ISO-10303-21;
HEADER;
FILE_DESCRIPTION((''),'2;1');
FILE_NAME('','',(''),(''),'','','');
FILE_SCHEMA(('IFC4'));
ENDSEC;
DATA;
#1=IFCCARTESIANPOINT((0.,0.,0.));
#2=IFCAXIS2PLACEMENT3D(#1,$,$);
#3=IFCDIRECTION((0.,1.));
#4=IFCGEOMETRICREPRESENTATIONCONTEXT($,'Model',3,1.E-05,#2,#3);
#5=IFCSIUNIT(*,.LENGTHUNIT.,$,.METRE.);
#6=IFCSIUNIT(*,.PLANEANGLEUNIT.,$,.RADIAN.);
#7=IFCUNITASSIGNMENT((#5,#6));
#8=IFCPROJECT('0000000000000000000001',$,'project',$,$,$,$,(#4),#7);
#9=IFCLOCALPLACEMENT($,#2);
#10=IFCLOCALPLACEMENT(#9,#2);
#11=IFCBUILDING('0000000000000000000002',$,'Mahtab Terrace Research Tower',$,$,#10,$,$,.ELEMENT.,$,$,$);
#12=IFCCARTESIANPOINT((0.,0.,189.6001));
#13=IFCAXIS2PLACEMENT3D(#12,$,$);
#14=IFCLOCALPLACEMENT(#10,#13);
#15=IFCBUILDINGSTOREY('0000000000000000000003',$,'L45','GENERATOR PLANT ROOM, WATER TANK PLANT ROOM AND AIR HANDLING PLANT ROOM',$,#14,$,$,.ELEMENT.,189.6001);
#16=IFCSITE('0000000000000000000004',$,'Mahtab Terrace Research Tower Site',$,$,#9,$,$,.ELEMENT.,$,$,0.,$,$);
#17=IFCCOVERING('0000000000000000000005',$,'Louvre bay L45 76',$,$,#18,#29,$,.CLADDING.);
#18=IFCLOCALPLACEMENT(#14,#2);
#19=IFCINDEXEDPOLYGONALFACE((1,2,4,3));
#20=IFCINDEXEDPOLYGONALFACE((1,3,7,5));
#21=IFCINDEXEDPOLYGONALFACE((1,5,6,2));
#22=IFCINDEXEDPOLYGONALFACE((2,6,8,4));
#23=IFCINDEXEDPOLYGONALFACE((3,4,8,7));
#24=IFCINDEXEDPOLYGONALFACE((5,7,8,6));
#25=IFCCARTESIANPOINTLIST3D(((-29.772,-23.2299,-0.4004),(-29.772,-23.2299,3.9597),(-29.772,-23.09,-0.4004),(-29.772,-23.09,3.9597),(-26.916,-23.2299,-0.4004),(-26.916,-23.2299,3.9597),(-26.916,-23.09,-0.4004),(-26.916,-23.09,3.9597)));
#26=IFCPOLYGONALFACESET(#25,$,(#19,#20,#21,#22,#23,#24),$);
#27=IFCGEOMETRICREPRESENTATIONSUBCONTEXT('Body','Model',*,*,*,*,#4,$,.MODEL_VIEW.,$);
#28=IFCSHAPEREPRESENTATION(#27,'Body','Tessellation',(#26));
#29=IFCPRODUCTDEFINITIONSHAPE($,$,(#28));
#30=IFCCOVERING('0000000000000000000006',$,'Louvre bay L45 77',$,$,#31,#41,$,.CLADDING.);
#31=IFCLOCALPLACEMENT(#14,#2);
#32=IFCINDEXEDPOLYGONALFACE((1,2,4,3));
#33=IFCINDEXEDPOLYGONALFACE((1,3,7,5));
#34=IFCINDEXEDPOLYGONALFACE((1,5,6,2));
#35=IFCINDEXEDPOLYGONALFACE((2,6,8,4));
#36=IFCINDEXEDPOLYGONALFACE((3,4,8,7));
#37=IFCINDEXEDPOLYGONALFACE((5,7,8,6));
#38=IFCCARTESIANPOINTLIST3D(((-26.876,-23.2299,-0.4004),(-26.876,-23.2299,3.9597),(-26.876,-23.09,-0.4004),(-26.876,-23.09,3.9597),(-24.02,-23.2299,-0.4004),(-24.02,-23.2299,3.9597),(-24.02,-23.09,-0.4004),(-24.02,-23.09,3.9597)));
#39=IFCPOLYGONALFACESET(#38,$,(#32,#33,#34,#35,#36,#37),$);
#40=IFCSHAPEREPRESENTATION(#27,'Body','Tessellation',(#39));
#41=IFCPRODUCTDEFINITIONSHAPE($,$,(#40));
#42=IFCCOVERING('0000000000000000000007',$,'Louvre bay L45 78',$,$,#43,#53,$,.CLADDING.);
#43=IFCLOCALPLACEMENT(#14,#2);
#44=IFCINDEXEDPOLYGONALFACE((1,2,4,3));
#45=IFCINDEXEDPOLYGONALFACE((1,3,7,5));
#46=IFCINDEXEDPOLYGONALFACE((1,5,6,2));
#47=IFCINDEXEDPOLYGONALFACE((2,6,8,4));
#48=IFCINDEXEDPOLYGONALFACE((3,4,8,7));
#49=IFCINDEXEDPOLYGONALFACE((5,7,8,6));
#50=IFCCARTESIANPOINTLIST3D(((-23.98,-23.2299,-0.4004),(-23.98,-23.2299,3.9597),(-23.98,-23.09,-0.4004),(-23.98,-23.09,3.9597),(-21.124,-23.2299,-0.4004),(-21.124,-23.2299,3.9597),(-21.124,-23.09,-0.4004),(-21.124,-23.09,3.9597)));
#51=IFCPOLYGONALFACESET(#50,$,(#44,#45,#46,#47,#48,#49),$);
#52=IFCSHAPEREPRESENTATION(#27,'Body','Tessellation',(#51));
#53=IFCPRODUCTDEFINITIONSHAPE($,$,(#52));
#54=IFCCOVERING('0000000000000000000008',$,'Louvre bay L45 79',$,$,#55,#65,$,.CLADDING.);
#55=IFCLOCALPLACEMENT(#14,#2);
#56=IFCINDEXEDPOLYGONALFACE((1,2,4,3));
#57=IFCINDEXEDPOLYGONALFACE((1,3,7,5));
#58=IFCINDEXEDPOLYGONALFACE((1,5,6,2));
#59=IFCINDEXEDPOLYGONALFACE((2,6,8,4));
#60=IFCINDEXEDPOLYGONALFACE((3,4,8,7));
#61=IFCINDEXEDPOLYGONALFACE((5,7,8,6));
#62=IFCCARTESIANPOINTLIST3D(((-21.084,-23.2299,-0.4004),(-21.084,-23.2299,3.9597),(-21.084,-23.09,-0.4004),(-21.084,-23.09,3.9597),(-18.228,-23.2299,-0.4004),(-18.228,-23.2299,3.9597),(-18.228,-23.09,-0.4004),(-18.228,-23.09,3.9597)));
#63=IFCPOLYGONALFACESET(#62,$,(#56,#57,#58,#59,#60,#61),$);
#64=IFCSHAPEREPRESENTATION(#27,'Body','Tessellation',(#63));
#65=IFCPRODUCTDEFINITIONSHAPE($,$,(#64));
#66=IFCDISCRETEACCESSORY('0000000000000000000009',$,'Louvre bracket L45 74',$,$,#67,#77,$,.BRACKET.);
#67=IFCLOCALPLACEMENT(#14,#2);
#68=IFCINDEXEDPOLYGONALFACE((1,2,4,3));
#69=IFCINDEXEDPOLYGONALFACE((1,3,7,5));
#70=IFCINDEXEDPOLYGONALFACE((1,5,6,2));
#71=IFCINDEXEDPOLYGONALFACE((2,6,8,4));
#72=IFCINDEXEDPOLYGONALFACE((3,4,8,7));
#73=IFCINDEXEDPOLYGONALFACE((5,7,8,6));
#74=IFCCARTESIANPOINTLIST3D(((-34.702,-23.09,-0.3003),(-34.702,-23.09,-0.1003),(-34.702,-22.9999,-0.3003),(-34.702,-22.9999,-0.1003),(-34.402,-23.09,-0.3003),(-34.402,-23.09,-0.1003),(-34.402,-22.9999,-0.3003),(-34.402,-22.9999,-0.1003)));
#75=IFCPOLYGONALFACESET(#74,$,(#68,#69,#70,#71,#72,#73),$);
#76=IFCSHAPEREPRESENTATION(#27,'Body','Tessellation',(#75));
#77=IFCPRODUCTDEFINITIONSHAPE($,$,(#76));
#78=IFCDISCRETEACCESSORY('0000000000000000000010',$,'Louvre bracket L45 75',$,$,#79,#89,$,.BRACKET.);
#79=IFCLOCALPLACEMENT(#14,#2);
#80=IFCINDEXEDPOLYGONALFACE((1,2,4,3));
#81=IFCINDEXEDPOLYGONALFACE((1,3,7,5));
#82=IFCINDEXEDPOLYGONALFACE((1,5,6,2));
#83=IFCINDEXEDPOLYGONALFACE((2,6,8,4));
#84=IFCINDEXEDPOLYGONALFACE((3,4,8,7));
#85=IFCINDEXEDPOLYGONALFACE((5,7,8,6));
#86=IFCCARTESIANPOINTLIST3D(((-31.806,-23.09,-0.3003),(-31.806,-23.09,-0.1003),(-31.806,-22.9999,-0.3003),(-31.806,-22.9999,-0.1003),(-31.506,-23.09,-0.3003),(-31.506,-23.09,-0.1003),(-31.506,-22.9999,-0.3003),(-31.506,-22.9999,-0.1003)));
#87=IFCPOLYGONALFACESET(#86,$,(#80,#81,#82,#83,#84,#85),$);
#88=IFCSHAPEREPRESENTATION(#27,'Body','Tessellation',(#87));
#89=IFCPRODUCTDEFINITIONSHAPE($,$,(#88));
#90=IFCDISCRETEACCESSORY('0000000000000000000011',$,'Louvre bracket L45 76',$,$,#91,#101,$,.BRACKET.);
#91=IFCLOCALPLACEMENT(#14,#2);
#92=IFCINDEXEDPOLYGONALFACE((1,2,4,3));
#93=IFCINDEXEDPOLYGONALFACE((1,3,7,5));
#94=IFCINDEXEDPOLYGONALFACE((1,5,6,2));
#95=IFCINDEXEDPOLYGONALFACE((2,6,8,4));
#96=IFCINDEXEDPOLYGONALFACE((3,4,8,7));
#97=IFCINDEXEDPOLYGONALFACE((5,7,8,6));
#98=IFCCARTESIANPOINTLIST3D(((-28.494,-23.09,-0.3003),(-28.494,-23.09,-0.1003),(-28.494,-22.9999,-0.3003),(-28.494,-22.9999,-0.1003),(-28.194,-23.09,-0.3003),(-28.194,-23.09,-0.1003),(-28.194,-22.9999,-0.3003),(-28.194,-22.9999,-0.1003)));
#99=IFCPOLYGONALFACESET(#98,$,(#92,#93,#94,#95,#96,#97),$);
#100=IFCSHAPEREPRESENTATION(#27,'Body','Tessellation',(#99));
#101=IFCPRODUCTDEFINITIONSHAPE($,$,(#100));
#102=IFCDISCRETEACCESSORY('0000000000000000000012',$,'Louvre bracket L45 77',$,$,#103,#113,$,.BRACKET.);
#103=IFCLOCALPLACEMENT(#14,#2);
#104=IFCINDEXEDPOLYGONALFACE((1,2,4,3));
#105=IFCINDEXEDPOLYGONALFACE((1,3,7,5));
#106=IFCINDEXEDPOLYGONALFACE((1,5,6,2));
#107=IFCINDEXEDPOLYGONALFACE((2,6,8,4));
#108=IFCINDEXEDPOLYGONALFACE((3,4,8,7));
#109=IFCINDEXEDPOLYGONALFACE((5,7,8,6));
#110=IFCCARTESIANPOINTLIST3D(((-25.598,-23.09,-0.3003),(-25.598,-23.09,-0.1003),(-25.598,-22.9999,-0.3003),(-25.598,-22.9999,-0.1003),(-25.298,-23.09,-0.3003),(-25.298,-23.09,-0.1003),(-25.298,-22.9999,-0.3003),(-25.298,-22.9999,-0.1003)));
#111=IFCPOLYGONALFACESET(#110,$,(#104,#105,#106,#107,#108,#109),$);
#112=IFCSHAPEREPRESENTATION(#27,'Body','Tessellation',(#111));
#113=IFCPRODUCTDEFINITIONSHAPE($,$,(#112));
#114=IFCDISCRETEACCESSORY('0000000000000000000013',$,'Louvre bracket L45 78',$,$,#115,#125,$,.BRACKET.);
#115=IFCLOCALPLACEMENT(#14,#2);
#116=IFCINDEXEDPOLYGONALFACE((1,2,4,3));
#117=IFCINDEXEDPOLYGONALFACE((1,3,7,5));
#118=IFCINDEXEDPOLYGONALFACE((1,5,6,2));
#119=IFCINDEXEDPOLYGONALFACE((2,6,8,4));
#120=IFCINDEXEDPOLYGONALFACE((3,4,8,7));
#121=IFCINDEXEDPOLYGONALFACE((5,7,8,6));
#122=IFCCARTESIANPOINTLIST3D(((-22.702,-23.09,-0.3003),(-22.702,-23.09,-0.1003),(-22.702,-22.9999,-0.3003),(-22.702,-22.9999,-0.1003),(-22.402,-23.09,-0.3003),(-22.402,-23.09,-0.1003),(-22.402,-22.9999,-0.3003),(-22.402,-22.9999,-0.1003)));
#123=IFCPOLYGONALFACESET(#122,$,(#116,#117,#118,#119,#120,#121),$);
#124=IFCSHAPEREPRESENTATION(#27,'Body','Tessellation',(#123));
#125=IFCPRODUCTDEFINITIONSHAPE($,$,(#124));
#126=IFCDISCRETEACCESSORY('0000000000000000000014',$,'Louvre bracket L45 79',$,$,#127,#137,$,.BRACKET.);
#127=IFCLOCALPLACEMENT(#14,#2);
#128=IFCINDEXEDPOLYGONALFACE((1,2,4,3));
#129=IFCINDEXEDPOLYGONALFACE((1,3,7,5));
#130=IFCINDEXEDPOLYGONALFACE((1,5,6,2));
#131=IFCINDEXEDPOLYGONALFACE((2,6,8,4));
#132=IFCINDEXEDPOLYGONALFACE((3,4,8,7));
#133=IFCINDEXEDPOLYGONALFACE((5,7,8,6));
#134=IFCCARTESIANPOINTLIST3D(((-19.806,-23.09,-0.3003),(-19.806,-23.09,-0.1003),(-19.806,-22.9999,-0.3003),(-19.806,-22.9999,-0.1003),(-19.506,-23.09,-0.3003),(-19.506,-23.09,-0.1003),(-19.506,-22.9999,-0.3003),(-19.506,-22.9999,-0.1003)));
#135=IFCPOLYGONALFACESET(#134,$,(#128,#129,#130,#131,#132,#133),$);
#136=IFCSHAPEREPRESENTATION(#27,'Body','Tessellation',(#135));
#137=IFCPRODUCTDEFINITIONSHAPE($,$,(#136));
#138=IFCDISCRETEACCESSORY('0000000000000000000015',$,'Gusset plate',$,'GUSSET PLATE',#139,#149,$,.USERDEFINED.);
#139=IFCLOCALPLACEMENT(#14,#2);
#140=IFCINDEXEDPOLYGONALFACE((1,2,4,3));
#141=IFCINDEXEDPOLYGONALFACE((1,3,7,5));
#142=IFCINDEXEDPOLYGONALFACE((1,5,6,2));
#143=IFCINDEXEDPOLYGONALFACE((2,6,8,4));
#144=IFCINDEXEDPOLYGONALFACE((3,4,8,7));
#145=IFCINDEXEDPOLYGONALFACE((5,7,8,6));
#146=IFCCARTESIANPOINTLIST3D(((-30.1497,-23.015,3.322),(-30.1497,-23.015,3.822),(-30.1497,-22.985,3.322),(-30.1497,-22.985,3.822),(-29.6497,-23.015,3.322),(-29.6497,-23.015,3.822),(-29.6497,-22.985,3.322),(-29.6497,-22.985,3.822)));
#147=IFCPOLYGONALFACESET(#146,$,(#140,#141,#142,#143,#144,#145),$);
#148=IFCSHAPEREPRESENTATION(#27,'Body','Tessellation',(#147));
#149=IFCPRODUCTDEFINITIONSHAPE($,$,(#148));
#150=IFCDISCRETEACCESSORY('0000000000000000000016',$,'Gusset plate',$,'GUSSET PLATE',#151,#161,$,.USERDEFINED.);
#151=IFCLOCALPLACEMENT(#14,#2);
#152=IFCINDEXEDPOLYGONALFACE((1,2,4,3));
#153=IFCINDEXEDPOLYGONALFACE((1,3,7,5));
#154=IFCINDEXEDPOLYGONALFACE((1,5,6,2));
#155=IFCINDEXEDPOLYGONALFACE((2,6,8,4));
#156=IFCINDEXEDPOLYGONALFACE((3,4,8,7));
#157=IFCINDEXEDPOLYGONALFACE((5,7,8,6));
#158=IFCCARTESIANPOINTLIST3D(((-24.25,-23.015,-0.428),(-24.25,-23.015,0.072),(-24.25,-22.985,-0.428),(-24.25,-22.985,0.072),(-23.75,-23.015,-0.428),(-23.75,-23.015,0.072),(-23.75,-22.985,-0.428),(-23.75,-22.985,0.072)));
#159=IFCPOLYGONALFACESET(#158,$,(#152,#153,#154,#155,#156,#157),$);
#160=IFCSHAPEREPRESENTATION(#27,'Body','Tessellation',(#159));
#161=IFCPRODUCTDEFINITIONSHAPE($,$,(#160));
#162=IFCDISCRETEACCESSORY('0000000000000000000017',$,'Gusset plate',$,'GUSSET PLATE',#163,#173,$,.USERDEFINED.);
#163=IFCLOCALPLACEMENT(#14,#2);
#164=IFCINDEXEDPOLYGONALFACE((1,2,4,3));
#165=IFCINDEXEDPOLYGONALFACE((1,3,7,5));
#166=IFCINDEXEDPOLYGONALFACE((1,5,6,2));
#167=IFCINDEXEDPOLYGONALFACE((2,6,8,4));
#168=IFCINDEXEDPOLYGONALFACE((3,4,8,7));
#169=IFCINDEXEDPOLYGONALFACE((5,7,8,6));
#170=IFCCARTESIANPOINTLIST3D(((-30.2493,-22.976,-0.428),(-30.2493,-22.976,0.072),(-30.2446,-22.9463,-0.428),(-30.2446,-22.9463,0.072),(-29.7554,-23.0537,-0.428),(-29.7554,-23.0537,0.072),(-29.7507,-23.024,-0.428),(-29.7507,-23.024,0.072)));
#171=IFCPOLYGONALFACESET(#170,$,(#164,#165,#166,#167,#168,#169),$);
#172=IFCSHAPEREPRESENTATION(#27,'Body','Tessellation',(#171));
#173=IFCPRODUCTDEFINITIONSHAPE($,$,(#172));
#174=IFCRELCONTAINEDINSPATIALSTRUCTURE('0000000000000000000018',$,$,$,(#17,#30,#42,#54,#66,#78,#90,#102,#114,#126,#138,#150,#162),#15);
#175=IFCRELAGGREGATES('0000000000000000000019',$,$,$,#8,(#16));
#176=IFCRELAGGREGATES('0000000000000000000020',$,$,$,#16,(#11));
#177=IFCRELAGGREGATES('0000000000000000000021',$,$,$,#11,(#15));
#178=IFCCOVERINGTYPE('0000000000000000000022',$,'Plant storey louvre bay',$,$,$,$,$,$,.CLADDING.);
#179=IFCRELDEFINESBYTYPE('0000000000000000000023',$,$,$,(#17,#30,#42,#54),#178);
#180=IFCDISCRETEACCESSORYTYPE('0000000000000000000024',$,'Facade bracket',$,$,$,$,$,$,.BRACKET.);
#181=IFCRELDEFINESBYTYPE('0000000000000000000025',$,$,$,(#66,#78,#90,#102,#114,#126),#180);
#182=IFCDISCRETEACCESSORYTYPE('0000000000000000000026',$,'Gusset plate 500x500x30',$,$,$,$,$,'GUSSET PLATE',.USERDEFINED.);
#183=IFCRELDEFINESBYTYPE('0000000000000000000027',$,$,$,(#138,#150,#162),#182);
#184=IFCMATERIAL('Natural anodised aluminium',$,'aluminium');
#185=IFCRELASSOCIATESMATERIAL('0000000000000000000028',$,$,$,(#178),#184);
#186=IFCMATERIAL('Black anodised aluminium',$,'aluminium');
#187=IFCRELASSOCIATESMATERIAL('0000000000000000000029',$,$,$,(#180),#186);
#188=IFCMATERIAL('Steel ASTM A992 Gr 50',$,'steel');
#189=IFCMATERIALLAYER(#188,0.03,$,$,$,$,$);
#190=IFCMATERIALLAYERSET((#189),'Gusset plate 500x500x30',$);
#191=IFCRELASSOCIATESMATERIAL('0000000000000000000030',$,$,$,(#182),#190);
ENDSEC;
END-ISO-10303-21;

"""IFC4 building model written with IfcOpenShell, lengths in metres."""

from ifc_helpers import new_model, si_unit, direction, frame, origin, origin_2d, place, context, subcontext, project, spatial, rectangle, extrude, material, layer, layer_set, type_object, element, save


model = new_model("IFC4")

# Units and contexts
model_context = context("Model", 3, precision=1e-05, world=origin(), true_north=direction((0.0, 1.0)))
body_context = subcontext(model_context, "Body", "Model", "MODEL_VIEW")
ifc_project = project(units=[si_unit("LENGTHUNIT", "METRE"), si_unit("PLANEANGLEUNIT", "RADIAN")], contexts=[model_context])

# Site, building, storey
site_placement = place(None, origin())
site = spatial("IfcSite", under=ifc_project, at=site_placement, Name="Mahtab Terrace Research Tower Site", CompositionType="ELEMENT", RefElevation=0.0)
building_placement = place(site_placement, origin())
building = spatial("IfcBuilding", under=site, at=building_placement, Name="Mahtab Terrace Research Tower", CompositionType="ELEMENT")
storey_placement = place(building_placement, frame((0.0, 0.0, 189.6001)))
storey = spatial("IfcBuildingStorey", under=building, at=storey_placement, Name="L45", Description="GENERATOR PLANT ROOM, WATER TANK PLANT ROOM AND AIR HANDLING PLANT ROOM", CompositionType="ELEMENT", Elevation=189.6001)

# Shared definitions
ifc_material_1 = material(Name="Steel ASTM A992 Gr 50", Category="steel")

# Coverings
ifc_material_2 = material(Name="Natural anodised aluminium", Category="aluminium")
covering_type = type_object("IfcCoveringType", Name="Plant storey louvre bay", PredefinedType="CLADDING", material=ifc_material_2)
for number, where, z_axis, x_axis, name in (
    (1, (-28.344, -23.1599, -0.4004), (0.0, 0.0, 1.0), (1.0, 0.0, 0.0), "Louvre bay L45 76"),
    (2, (-25.448, -23.1599, -0.4004), (0.0, 0.0, 1.0), (1.0, 0.0, 0.0), "Louvre bay L45 77"),
    (3, (-22.552, -23.1599, -0.4004), (0.0, 0.0, 1.0), (1.0, 0.0, 0.0), "Louvre bay L45 78"),
    (4, (-19.656, -23.1599, -0.4004), (0.0, 0.0, 1.0), (1.0, 0.0, 0.0), "Louvre bay L45 79"),
):
    element("IfcCovering", number, at=place(storey_placement, frame(where, z_axis=z_axis, x_axis=x_axis)), inside=storey, type_object=covering_type, Name=name, PredefinedType="CLADDING", context=body_context, shape_type="SweptSolid", body=[
        extrude(rectangle(XDim=2.856, YDim=0.1399, at=origin_2d()), origin(), (0.0, 0.0, 1.0), 4.3601),
    ])

# Discrete accessories
ifc_material_3 = material(Name="Black anodised aluminium", Category="aluminium")
discrete_accessory_type_1 = type_object("IfcDiscreteAccessoryType", Name="Facade bracket", PredefinedType="BRACKET", material=ifc_material_3)
for number, where, z_axis, x_axis, name in (
    (5, (-34.552, -23.0449, -0.3003), (0.0, 0.0, 1.0), (1.0, 0.0, 0.0), "Louvre bracket L45 74"),
    (6, (-31.656, -23.0449, -0.3003), (0.0, 0.0, 1.0), (1.0, 0.0, 0.0), "Louvre bracket L45 75"),
    (7, (-28.344, -23.0449, -0.3003), (0.0, 0.0, 1.0), (1.0, 0.0, 0.0), "Louvre bracket L45 76"),
    (8, (-25.448, -23.0449, -0.3003), (0.0, 0.0, 1.0), (1.0, 0.0, 0.0), "Louvre bracket L45 77"),
    (9, (-22.552, -23.0449, -0.3003), (0.0, 0.0, 1.0), (1.0, 0.0, 0.0), "Louvre bracket L45 78"),
    (10, (-19.656, -23.0449, -0.3003), (0.0, 0.0, 1.0), (1.0, 0.0, 0.0), "Louvre bracket L45 79"),
):
    element("IfcDiscreteAccessory", number, at=place(storey_placement, frame(where, z_axis=z_axis, x_axis=x_axis)), inside=storey, type_object=discrete_accessory_type_1, Name=name, PredefinedType="BRACKET", context=body_context, shape_type="SweptSolid", body=[
        extrude(rectangle(XDim=0.3, YDim=0.0901, at=origin_2d()), origin(), (0.0, 0.0, 1.0), 0.2),
    ])
ifc_layer_1 = layer(ifc_material_1, 0.03)
ifc_layer_set_1 = layer_set([ifc_layer_1], Name="Gusset plate 500x500x30")
discrete_accessory_type_2 = type_object("IfcDiscreteAccessoryType", Name="Gusset plate 500x500x30", ElementType="GUSSET PLATE", PredefinedType="USERDEFINED", material=ifc_layer_set_1)
for number, where, z_axis, x_axis, name in (
    (11, (-29.8997, -23.0, 3.322), (0.0, 0.0, 1.0), (1.0, 0.0, 0.0), "Gusset plate"),
    (12, (-24.0, -23.0, -0.428), (0.0, 0.0, 1.0), (1.0, 0.0, 0.0), "Gusset plate"),
    (13, (-30.0, -23.0, -0.428), (0.0, 0.0, 1.0), (-0.987835, 0.155504, 0.0), "Gusset plate"),
):
    element("IfcDiscreteAccessory", number, at=place(storey_placement, frame(where, z_axis=z_axis, x_axis=x_axis)), inside=storey, type_object=discrete_accessory_type_2, Name=name, ObjectType="GUSSET PLATE", PredefinedType="USERDEFINED", context=body_context, shape_type="SweptSolid", body=[
        extrude(rectangle(XDim=0.5, YDim=0.03, at=origin_2d()), origin(), (0.0, 0.0, 1.0), 0.5),
    ])

save(model, "model.ifc")
